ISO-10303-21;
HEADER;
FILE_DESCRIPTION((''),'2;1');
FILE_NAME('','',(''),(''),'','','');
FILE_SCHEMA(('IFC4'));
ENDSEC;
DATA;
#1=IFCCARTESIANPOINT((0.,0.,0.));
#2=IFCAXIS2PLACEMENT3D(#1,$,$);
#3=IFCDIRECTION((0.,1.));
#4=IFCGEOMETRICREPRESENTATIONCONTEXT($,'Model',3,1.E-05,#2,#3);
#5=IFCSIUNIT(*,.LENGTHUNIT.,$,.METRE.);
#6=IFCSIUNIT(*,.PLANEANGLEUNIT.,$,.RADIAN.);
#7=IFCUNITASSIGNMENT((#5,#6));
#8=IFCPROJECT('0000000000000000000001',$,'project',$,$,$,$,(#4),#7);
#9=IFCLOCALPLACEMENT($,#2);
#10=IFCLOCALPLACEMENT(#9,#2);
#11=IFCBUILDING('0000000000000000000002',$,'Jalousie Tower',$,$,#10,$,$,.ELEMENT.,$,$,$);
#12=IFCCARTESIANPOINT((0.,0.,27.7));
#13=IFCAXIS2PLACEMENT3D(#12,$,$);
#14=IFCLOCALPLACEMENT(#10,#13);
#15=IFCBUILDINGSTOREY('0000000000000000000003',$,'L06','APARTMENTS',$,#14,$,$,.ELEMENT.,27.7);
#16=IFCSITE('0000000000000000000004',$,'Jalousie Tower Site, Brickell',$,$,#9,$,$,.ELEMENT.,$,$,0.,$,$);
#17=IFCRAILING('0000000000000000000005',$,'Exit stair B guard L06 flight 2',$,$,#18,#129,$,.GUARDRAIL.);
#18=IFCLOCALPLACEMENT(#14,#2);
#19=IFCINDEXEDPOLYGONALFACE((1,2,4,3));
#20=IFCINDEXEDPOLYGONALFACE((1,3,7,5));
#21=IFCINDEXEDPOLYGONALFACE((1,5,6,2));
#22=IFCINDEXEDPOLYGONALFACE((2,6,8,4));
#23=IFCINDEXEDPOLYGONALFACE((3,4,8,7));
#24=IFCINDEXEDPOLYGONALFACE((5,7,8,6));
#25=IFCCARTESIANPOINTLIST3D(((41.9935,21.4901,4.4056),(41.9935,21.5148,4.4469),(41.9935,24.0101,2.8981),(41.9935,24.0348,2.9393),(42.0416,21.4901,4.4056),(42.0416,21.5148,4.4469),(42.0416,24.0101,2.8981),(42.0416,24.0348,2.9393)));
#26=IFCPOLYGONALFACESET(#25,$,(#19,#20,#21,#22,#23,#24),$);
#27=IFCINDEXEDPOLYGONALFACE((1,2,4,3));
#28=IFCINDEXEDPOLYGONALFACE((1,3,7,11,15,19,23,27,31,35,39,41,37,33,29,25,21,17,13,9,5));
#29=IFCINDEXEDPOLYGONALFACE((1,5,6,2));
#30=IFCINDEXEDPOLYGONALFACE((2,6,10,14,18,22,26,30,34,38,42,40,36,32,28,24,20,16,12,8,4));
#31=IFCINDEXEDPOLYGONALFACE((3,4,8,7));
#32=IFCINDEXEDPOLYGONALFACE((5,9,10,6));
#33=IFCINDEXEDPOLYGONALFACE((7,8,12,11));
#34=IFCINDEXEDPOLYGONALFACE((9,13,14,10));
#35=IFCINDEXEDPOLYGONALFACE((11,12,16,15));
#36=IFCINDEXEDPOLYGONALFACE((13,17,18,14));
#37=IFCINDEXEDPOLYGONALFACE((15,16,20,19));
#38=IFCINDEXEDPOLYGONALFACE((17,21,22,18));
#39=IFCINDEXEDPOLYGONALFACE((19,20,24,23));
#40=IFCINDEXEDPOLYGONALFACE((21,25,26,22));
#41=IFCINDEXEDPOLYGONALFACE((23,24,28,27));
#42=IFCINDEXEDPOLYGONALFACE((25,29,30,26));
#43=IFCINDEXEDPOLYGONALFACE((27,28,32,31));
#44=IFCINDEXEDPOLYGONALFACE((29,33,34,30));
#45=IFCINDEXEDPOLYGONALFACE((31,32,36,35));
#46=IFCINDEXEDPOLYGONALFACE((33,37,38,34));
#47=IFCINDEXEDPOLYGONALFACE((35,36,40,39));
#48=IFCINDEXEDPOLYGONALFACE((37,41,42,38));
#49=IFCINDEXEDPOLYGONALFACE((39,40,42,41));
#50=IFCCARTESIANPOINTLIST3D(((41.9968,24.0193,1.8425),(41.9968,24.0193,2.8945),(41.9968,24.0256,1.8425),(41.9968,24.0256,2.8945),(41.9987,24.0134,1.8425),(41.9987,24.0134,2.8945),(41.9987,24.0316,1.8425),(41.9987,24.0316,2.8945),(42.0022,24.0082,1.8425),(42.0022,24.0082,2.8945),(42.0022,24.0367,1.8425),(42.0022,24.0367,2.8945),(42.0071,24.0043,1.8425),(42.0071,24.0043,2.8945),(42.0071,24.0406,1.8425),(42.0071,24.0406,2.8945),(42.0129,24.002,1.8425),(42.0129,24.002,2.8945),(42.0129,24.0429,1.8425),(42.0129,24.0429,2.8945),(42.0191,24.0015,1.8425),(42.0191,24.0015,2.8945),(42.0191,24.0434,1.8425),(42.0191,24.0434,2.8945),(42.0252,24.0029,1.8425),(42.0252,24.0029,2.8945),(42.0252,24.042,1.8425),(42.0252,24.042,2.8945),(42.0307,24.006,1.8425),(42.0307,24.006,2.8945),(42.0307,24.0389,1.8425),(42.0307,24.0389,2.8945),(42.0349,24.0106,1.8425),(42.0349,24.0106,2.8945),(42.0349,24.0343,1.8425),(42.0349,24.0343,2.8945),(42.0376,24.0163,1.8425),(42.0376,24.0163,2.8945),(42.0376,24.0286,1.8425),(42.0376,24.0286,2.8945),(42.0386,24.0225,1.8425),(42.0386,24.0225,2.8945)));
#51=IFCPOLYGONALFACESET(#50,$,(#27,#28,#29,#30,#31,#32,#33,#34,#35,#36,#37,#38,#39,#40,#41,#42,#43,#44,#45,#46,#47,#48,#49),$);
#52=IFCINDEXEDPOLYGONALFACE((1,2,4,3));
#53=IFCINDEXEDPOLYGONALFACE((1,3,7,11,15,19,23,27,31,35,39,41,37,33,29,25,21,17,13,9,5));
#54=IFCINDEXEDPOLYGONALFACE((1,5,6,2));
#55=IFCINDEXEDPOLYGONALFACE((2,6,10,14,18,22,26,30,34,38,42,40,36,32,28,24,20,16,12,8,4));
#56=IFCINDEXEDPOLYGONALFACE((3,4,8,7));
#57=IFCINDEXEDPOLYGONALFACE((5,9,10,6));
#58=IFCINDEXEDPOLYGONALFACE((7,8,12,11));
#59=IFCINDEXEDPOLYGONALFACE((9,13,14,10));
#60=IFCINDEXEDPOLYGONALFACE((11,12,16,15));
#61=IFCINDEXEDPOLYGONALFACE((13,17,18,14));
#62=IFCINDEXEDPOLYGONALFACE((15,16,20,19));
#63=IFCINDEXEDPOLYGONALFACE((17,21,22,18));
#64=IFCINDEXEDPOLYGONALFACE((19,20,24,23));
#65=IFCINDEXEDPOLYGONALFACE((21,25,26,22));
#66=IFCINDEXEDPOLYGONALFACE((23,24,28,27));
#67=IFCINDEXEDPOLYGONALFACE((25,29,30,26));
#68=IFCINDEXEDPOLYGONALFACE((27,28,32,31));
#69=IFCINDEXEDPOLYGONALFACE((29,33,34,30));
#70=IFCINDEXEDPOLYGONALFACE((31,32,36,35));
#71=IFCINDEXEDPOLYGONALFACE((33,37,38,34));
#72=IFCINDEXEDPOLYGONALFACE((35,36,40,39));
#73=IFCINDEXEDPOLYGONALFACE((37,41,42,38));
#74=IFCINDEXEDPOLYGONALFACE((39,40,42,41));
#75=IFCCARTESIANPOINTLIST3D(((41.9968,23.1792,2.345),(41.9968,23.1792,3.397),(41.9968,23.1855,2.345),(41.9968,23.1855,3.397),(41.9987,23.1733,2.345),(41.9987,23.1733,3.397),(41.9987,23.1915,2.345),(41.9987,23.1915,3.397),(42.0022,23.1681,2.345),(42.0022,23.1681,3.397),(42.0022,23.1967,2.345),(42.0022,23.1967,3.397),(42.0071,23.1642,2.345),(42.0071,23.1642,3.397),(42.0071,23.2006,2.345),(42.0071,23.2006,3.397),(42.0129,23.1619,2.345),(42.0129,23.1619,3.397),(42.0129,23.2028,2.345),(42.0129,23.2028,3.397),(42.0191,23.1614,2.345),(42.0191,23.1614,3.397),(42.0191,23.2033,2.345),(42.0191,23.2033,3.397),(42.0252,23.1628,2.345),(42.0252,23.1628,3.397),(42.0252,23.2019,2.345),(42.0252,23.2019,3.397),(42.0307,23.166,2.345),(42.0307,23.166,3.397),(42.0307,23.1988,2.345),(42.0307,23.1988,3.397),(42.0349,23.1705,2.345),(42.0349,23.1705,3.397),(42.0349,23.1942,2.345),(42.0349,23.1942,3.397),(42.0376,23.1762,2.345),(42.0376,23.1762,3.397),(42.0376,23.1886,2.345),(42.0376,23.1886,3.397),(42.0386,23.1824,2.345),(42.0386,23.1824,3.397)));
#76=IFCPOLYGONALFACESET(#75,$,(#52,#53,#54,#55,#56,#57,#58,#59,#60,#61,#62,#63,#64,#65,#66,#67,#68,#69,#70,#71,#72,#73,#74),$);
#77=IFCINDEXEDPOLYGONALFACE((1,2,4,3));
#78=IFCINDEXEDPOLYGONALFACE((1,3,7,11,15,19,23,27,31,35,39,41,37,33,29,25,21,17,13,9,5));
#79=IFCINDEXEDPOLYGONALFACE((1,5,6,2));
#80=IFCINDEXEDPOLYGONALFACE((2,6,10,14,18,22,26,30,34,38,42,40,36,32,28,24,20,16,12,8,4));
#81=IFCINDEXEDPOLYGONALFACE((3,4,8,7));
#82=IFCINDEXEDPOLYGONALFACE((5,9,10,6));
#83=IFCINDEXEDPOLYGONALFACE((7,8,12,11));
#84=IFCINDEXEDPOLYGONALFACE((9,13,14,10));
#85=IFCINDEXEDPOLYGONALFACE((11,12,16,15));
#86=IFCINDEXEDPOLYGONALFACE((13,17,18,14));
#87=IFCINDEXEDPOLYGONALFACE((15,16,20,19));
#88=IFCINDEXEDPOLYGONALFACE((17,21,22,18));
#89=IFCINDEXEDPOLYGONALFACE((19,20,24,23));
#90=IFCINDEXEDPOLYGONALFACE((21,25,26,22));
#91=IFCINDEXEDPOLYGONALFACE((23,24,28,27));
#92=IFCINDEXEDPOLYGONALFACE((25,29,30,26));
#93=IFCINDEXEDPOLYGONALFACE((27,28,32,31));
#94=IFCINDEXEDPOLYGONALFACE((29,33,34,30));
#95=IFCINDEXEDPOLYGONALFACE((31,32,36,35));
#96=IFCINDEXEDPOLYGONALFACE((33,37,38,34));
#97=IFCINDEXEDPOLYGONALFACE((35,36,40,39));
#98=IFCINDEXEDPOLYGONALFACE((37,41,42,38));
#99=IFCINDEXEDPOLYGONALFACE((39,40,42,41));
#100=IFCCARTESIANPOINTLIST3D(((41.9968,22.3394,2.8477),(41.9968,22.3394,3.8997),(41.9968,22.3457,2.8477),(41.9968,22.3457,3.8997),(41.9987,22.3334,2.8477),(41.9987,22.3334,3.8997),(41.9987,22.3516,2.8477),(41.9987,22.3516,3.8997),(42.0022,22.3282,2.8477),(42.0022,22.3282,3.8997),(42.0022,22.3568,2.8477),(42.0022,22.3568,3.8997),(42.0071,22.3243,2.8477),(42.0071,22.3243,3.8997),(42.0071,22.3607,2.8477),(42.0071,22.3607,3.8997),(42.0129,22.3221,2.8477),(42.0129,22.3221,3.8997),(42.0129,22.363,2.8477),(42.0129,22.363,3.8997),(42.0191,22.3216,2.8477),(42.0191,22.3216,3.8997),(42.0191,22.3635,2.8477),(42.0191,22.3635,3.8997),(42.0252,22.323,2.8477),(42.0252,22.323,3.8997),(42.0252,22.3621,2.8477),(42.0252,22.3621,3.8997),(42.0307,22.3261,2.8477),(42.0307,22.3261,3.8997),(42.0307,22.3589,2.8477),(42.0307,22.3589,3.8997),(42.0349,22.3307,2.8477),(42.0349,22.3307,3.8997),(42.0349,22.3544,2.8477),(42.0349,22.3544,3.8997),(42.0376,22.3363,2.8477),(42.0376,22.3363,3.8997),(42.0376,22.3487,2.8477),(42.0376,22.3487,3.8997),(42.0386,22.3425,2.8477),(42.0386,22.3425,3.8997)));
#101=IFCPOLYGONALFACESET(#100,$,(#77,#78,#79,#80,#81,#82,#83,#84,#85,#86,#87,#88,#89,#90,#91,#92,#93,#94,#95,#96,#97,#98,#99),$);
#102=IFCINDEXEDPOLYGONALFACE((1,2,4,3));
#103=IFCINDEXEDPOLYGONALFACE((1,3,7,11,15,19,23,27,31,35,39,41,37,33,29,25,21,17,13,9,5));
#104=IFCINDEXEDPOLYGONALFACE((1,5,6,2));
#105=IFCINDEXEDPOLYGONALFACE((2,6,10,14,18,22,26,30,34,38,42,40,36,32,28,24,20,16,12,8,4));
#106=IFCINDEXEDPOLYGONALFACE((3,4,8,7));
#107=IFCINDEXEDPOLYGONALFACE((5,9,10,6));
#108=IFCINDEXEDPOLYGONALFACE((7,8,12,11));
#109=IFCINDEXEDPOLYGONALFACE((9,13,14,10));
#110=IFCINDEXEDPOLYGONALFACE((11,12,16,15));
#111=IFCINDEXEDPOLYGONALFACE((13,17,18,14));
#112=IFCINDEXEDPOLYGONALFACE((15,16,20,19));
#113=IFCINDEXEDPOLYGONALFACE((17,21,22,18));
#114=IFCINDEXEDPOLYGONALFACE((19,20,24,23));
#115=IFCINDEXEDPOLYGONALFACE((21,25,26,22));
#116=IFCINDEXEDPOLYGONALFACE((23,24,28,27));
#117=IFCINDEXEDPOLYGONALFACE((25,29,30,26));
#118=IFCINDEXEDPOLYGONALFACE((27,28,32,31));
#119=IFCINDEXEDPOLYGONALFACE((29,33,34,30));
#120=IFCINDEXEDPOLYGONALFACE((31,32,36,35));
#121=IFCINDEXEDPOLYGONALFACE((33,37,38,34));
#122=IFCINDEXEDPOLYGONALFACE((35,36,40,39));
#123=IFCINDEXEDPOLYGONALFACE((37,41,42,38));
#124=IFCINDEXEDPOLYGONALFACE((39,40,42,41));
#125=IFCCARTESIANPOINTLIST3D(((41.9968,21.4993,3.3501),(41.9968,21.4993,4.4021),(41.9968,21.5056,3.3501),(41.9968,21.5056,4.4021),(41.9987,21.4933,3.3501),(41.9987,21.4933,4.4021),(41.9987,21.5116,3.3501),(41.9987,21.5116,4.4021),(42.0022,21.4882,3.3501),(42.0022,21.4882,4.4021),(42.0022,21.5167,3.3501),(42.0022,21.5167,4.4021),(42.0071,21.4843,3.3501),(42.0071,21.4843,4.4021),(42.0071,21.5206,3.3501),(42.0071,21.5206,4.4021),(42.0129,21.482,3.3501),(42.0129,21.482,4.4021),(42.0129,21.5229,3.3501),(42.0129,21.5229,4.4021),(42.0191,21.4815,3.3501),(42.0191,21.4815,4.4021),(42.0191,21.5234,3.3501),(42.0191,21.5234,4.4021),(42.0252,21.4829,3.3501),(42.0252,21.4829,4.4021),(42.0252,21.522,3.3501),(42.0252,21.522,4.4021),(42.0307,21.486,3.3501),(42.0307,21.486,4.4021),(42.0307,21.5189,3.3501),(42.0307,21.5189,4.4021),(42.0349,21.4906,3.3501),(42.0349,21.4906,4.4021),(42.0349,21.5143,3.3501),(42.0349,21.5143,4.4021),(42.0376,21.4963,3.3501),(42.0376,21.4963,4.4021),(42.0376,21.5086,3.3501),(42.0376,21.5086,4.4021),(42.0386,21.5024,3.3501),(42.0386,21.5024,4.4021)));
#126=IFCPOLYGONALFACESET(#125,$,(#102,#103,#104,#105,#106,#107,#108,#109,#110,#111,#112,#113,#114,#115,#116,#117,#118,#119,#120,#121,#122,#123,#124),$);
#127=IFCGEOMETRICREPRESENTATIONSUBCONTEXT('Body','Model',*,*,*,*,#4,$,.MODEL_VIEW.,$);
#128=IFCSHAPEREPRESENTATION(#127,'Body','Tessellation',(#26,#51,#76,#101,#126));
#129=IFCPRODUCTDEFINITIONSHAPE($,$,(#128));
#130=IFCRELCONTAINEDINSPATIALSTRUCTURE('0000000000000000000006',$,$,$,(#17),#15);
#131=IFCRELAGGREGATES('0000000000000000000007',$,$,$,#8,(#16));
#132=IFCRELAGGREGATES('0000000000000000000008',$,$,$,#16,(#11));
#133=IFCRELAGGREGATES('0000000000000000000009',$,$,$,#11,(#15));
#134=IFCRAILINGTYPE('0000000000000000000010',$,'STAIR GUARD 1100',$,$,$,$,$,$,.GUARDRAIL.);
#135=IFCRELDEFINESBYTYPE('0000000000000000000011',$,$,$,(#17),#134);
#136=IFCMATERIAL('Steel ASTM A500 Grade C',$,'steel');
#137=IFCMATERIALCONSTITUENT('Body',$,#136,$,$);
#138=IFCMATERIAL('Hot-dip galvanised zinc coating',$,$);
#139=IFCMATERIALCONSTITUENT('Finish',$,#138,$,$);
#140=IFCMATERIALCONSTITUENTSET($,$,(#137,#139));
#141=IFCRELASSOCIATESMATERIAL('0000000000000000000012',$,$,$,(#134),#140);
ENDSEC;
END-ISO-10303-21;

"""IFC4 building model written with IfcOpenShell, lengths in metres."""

from ifc_helpers import new_model, si_unit, direction, frame, origin, origin_2d, place, context, subcontext, project, spatial, rectangle, circle, extrude, material, constituent, constituent_set, type_object, element, save


model = new_model("IFC4")

# Units and contexts
model_context = context("Model", 3, precision=1e-05, world=origin(), true_north=direction((0.0, 1.0)))
body_context = subcontext(model_context, "Body", "Model", "MODEL_VIEW")
ifc_project = project(units=[si_unit("LENGTHUNIT", "METRE"), si_unit("PLANEANGLEUNIT", "RADIAN")], contexts=[model_context])

# Site, building, storey
site_placement = place(None, origin())
site = spatial("IfcSite", under=ifc_project, at=site_placement, Name="Jalousie Tower Site, Brickell", CompositionType="ELEMENT", RefElevation=0.0)
building_placement = place(site_placement, origin())
building = spatial("IfcBuilding", under=site, at=building_placement, Name="Jalousie Tower", CompositionType="ELEMENT")
storey_placement = place(building_placement, frame((0.0, 0.0, 27.7)))
storey = spatial("IfcBuildingStorey", under=building, at=storey_placement, Name="L06", Description="APARTMENTS", CompositionType="ELEMENT", Elevation=27.7)

# Railing
ifc_material_1 = material(Name="Steel ASTM A500 Grade C", Category="steel")
ifc_constituent_1 = constituent(ifc_material_1, Name="Body")
ifc_material_2 = material(Name="Hot-dip galvanised zinc coating")
ifc_constituent_2 = constituent(ifc_material_2, Name="Finish")
ifc_constituent_set_1 = constituent_set(constituents=[ifc_constituent_1, ifc_constituent_2])
railing_type_1 = type_object("IfcRailingType", Name="STAIR GUARD 1100", PredefinedType="GUARDRAIL", material=ifc_constituent_set_1)
railing_1_placement = place(storey_placement, frame((42.0176, 24.0225, 1.8425)))
element("IfcRailing", 1, at=railing_1_placement, inside=storey, type_object=railing_type_1, Name="Exit stair B guard L06 flight 2", PredefinedType="GUARDRAIL", context=body_context, shape_type="SweptSolid", body=[
    extrude(rectangle(XDim=0.0481, YDim=0.0481, at=origin_2d()), frame((0.0, 0.0, 1.0762), z_axis=(0.0, -0.85816, 0.513383), x_axis=(1.0, 0.0, 0.0)), (0.0, 0.0, 1.0), 2.9365),
    extrude(circle(Radius=0.021, at=origin_2d()), origin(), (0.0, 0.0, 1.0), 1.052),
    extrude(circle(Radius=0.021, at=origin_2d()), frame((0.0, -0.8401, 0.5024)), (0.0, 0.0, 1.0), 1.052),
    extrude(circle(Radius=0.021, at=origin_2d()), frame((0.0, -1.6799, 1.0051)), (0.0, 0.0, 1.0), 1.052),
    extrude(circle(Radius=0.021, at=origin_2d()), frame((0.0, -2.52, 1.5076)), (0.0, 0.0, 1.0), 1.052),
])

save(model, "model.ifc")
